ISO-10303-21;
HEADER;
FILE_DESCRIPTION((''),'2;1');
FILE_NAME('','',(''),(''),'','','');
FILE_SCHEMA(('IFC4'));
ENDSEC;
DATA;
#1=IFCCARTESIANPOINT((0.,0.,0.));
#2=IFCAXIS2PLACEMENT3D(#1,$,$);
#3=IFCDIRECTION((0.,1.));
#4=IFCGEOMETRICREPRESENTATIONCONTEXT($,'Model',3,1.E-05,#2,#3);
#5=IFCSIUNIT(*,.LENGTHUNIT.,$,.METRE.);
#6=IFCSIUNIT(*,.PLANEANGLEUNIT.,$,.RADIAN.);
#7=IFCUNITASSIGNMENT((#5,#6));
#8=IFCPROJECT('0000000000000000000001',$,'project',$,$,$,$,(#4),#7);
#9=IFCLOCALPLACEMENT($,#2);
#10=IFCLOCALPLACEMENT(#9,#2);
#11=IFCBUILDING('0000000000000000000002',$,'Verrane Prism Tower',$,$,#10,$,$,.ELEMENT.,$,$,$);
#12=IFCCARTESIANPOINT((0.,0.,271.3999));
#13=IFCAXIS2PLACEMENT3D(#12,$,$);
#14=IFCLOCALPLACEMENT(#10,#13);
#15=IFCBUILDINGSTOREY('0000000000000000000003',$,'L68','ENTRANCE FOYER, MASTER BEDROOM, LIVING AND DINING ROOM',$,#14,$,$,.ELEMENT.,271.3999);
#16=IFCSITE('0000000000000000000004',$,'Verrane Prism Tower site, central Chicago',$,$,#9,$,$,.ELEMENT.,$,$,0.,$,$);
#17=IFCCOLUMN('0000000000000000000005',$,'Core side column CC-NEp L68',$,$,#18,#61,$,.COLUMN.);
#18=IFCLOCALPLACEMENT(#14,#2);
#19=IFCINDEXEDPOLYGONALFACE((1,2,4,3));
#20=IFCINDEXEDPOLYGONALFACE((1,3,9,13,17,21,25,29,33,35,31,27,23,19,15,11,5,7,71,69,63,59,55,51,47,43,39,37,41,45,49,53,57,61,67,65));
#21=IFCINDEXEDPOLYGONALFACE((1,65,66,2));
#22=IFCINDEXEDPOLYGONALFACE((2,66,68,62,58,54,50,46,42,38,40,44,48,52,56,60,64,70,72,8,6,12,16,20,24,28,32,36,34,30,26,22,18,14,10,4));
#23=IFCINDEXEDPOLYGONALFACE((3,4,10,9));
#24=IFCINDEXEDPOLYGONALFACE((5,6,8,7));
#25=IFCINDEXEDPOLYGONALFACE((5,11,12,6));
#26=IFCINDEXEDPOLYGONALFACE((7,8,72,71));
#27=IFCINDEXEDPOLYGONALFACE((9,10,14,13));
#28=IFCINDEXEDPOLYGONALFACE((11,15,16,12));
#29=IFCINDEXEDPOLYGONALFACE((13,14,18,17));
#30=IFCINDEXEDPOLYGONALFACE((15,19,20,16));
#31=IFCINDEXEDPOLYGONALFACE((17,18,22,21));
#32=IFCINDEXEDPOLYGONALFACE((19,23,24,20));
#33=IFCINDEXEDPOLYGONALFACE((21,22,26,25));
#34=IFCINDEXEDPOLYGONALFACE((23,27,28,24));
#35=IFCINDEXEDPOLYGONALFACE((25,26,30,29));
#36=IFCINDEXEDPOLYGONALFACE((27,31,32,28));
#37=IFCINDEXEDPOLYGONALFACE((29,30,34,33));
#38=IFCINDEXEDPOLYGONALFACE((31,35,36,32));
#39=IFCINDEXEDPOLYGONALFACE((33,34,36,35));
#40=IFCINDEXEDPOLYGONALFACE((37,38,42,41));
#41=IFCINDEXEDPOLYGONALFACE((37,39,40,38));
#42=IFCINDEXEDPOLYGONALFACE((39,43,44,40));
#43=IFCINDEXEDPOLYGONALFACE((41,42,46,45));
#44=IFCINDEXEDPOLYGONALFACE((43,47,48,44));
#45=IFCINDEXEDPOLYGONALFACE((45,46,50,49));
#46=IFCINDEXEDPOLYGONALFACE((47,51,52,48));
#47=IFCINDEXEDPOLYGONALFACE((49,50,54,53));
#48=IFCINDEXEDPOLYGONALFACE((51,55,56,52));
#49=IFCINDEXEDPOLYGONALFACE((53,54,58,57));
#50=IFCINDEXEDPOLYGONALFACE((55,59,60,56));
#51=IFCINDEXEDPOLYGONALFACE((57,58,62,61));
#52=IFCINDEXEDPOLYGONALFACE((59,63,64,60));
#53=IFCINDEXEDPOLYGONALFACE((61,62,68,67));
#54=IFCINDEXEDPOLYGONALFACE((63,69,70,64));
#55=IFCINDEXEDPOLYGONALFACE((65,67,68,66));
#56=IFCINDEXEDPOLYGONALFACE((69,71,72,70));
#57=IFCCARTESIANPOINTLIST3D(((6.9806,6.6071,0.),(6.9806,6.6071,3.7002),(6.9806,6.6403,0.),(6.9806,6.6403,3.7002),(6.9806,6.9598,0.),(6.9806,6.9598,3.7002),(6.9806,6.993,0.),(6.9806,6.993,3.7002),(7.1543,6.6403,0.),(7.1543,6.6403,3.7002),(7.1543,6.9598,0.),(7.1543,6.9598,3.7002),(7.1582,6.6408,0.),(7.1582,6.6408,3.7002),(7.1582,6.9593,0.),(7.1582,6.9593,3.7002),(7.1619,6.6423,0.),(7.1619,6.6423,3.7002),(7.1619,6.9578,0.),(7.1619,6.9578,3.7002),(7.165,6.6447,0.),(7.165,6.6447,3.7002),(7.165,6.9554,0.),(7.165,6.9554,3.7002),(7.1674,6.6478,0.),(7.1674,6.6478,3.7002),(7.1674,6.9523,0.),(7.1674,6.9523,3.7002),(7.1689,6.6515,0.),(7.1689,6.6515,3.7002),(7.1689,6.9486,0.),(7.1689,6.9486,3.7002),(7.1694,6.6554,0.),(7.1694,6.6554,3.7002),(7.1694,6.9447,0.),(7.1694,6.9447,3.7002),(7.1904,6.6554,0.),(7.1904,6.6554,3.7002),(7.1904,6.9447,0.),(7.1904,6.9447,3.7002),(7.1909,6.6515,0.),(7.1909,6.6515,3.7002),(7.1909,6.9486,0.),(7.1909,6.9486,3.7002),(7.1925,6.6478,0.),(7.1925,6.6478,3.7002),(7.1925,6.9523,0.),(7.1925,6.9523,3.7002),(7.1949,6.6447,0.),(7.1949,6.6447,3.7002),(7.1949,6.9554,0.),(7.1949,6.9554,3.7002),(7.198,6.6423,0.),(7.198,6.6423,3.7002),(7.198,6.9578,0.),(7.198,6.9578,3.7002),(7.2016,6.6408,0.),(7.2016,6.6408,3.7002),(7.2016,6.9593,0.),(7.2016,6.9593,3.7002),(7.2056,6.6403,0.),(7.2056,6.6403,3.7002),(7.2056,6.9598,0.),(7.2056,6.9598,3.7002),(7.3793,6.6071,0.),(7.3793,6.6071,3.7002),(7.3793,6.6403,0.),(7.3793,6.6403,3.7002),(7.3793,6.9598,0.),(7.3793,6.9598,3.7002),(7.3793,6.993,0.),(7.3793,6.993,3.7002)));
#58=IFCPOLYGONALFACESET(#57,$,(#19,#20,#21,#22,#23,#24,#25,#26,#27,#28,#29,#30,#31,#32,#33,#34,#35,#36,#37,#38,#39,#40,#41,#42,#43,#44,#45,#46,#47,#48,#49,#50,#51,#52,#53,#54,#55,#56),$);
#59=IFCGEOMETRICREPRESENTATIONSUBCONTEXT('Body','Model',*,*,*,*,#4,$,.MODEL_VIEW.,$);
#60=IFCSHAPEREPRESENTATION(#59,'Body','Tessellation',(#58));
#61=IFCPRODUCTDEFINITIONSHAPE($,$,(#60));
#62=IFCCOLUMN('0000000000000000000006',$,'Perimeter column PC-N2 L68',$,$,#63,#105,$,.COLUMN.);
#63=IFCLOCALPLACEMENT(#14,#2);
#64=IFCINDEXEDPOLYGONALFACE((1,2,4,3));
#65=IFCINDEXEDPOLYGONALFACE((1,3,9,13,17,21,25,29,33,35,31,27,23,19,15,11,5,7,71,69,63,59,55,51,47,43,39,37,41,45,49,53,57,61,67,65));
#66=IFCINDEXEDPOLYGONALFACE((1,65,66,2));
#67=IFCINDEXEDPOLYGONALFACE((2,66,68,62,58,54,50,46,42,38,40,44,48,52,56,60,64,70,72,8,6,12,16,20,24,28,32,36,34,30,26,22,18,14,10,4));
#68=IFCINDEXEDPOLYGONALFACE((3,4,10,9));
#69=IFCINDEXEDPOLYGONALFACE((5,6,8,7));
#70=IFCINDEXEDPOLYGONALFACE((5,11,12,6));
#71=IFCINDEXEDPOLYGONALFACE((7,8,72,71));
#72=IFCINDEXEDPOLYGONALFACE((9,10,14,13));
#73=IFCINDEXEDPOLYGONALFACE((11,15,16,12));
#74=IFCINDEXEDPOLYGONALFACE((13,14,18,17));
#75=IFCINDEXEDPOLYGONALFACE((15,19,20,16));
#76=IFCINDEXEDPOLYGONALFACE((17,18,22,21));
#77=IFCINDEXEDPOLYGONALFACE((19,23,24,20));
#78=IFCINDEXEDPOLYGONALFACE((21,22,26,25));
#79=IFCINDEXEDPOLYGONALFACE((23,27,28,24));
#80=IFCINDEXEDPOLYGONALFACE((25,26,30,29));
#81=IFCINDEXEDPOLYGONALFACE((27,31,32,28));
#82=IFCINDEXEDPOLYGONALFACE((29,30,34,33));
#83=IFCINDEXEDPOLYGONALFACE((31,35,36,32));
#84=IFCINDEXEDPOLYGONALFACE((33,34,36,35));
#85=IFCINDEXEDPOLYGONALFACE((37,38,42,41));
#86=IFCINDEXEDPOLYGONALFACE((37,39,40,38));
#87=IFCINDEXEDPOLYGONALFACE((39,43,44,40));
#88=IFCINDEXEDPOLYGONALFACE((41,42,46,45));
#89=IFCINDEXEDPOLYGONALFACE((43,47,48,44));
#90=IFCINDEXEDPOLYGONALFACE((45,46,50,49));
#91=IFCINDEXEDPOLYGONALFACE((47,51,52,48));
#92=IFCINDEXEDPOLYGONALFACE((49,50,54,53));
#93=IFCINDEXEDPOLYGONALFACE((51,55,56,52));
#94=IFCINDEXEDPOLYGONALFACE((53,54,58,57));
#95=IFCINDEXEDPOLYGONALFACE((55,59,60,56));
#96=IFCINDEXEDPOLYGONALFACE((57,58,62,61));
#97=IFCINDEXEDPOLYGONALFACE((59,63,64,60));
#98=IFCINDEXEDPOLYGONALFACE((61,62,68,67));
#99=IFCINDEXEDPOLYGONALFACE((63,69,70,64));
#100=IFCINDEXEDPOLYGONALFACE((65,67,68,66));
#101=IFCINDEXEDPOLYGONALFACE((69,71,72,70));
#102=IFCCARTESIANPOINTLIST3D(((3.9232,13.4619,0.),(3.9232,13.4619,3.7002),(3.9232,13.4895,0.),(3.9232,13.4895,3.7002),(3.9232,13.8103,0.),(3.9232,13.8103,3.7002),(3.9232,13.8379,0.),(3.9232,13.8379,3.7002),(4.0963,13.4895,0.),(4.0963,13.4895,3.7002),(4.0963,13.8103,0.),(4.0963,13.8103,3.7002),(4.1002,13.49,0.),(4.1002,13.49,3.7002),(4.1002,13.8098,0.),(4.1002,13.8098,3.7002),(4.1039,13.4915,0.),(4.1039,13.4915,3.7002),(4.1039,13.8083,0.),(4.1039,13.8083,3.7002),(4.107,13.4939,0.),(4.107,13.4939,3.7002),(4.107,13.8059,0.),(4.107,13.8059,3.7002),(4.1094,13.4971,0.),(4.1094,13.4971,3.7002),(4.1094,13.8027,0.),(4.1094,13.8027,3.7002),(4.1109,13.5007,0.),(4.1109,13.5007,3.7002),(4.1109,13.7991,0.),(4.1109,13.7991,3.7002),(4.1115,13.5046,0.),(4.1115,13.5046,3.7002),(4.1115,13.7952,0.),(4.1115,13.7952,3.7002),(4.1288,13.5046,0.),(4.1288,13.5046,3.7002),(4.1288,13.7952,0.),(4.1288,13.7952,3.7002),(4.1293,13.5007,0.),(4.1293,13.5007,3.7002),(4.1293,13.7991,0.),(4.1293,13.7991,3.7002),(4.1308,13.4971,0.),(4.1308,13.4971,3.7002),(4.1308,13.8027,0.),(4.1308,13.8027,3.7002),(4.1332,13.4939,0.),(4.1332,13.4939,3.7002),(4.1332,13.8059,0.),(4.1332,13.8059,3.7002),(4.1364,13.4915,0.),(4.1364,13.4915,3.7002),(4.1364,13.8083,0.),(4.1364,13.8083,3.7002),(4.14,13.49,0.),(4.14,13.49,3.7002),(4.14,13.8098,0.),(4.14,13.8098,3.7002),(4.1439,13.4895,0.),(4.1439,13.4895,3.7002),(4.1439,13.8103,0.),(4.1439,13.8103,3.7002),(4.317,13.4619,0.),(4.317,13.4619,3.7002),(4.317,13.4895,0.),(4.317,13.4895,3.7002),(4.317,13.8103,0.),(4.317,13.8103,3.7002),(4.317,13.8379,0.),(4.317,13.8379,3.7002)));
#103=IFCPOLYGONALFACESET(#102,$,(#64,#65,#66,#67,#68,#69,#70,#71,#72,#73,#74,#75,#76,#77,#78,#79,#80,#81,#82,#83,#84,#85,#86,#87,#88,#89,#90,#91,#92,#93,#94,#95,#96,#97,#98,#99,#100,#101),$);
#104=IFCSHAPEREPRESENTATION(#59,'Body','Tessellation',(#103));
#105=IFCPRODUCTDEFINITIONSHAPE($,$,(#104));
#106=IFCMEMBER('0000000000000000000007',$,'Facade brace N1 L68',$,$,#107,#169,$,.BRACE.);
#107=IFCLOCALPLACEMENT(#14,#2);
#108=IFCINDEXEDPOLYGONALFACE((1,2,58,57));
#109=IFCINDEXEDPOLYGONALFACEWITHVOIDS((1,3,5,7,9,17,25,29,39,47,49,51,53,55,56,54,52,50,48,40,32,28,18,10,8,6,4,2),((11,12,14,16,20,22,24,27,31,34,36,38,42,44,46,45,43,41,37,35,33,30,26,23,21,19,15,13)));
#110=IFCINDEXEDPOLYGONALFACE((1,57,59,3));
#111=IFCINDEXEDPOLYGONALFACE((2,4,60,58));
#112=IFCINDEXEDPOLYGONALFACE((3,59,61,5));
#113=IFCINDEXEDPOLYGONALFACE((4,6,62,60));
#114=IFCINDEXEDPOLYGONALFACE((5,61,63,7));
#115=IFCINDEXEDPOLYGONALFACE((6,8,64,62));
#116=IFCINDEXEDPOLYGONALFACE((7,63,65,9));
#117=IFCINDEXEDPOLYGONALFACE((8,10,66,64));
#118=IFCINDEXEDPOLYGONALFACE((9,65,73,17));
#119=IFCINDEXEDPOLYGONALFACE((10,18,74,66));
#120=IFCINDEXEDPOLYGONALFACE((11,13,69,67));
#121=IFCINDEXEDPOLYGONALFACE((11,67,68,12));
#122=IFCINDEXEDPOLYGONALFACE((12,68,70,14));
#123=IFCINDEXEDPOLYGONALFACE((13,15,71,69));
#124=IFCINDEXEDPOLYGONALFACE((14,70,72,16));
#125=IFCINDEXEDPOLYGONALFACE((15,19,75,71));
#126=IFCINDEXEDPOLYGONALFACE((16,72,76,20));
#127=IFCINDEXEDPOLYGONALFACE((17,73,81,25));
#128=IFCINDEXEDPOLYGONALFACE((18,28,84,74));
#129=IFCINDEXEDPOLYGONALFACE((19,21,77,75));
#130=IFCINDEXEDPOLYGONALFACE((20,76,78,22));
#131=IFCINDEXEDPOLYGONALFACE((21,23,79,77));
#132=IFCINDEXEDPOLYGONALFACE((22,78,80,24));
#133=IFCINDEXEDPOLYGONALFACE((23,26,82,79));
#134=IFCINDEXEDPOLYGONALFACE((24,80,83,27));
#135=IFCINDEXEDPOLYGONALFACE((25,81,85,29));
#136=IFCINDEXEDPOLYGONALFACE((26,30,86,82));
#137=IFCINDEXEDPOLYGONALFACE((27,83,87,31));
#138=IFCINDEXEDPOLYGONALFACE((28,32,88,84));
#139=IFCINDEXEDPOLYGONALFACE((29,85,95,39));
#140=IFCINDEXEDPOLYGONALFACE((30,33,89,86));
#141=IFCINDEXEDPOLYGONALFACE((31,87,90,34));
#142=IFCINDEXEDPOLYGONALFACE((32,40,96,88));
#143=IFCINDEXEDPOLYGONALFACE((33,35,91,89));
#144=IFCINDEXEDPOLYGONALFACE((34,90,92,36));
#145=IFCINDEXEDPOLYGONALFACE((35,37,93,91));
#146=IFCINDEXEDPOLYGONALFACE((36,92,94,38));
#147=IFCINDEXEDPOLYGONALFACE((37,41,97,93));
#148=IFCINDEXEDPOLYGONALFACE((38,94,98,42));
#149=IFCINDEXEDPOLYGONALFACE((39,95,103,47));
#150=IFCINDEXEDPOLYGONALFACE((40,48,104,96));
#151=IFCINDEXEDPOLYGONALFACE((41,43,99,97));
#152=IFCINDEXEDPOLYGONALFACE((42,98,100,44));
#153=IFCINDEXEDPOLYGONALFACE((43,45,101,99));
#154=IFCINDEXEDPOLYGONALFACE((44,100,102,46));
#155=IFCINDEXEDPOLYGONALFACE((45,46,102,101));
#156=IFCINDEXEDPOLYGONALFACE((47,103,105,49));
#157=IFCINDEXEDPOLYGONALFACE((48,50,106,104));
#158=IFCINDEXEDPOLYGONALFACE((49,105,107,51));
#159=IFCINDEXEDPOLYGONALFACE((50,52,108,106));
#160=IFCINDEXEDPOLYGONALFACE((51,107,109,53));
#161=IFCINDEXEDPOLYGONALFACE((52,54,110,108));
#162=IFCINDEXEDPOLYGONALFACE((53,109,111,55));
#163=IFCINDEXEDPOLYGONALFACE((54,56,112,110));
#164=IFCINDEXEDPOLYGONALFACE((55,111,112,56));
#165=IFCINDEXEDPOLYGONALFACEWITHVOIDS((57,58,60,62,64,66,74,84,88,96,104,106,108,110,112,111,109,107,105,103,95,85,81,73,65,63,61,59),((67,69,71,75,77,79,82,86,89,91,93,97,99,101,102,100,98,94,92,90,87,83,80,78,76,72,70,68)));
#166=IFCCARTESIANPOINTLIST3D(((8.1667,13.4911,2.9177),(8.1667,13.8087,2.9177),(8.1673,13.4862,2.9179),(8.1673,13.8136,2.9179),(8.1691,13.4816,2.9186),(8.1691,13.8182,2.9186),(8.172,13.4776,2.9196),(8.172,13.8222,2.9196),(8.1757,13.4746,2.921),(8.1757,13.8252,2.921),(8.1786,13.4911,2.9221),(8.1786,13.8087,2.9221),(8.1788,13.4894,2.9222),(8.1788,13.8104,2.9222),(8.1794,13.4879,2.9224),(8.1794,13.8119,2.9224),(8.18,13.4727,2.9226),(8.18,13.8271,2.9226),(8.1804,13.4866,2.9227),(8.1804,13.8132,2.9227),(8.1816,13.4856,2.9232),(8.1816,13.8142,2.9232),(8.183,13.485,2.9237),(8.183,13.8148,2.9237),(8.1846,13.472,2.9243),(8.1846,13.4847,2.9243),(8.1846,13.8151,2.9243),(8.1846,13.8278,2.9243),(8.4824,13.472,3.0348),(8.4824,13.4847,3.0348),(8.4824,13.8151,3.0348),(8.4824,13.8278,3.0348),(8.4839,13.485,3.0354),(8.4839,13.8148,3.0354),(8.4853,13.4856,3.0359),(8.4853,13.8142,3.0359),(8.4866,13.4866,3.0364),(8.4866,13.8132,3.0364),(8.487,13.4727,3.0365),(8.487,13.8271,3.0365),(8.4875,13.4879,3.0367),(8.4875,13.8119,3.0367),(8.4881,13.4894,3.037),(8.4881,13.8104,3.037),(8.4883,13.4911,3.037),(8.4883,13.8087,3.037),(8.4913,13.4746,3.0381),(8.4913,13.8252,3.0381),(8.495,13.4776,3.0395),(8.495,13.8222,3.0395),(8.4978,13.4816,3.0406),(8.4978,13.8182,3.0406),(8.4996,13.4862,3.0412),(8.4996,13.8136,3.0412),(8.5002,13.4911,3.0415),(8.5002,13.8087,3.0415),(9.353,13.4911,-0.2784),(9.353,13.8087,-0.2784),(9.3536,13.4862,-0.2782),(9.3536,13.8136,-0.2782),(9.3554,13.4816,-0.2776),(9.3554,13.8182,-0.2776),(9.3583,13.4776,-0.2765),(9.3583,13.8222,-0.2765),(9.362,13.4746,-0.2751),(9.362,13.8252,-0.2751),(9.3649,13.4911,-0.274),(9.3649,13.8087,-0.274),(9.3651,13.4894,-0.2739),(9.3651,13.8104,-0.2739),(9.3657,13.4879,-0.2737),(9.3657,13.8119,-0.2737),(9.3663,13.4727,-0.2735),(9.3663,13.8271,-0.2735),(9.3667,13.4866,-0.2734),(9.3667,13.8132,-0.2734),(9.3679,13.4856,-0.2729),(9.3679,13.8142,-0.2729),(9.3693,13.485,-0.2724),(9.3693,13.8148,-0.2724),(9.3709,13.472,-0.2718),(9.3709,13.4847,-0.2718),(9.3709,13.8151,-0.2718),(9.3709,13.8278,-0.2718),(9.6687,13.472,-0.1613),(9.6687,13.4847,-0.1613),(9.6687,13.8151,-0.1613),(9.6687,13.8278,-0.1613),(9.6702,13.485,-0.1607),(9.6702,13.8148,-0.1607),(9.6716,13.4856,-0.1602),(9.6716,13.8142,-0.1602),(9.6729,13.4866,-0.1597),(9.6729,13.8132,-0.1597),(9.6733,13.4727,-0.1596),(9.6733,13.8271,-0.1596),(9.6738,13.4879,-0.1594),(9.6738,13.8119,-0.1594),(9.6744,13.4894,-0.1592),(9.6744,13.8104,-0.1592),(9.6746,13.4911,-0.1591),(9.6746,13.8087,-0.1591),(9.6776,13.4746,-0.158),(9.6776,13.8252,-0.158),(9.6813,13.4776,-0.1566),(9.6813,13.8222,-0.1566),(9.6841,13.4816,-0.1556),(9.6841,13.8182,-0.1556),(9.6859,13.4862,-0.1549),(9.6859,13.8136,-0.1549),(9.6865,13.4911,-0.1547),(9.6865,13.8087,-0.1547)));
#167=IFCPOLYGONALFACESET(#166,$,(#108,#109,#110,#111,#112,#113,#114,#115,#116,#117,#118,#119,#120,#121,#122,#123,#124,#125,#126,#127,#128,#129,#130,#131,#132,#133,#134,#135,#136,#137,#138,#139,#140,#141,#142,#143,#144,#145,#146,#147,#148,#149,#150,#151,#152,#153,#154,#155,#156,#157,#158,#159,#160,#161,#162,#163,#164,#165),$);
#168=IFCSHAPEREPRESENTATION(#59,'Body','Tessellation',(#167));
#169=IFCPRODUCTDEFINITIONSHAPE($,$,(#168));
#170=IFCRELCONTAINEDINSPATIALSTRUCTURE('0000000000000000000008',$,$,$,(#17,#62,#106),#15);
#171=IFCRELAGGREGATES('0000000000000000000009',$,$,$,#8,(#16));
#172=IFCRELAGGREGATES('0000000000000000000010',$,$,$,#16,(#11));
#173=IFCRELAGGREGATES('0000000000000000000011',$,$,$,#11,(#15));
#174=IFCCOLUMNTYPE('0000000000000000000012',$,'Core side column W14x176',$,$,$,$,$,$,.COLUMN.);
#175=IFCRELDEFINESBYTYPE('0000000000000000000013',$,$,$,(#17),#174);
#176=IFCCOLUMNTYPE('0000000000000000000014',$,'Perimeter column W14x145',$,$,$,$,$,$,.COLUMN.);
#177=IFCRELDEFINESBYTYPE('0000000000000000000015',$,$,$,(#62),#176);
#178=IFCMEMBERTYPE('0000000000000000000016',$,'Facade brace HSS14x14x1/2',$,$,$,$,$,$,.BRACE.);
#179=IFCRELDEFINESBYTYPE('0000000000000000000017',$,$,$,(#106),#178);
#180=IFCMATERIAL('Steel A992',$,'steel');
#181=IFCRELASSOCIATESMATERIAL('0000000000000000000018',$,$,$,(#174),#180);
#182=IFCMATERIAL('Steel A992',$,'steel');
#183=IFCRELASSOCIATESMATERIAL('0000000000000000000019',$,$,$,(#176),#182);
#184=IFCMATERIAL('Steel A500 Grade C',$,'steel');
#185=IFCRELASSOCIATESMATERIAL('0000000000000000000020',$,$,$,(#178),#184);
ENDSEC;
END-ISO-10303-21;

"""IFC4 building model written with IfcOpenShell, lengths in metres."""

from ifc_helpers import new_model, si_unit, direction, frame, origin, origin_2d, place, context, subcontext, project, spatial, hollow_rectangle, i_section, extrude, material, material_profile, profile_set, type_object, element, save


model = new_model("IFC4")

# Units and contexts
model_context = context("Model", 3, precision=1e-05, world=origin(), true_north=direction((0.0, 1.0)))
body_context = subcontext(model_context, "Body", "Model", "MODEL_VIEW")
ifc_project = project(units=[si_unit("LENGTHUNIT", "METRE"), si_unit("PLANEANGLEUNIT", "RADIAN")], contexts=[model_context])

# Site, building, storey
site_placement = place(None, origin())
site = spatial("IfcSite", under=ifc_project, at=site_placement, Name="Verrane Prism Tower site, central Chicago", CompositionType="ELEMENT", RefElevation=0.0)
building_placement = place(site_placement, origin())
building = spatial("IfcBuilding", under=site, at=building_placement, Name="Verrane Prism Tower", CompositionType="ELEMENT")
storey_placement = place(building_placement, frame((0.0, 0.0, 271.3999)))
storey = spatial("IfcBuildingStorey", under=building, at=storey_placement, Name="L68", Description="ENTRANCE FOYER, MASTER BEDROOM, LIVING AND DINING ROOM", CompositionType="ELEMENT", Elevation=271.3999)

# Columns
ifc_material_1 = material(Name="Steel A992", Category="steel")
ifc_material_profile_1 = material_profile(ifc_material_1, i_section(OverallWidth=0.3987, OverallDepth=0.386, WebThickness=0.021, FlangeThickness=0.0332, FilletRadius=0.0151, at=origin_2d()), Name="W14x176")
ifc_profile_set_1 = profile_set([ifc_material_profile_1], Name="Steel A992")
column_type_1 = type_object("IfcColumnType", Name="Core side column W14x176", PredefinedType="COLUMN", material=ifc_profile_set_1)
column_1_placement = place(storey_placement, frame((7.1799, 6.8, 0.0), z_axis=(0.0, 0.0, 1.0), x_axis=(1.0, 0.0, 0.0)))
element("IfcColumn", 1, at=column_1_placement, inside=storey, type_object=column_type_1, Name="Core side column CC-NEp L68", PredefinedType="COLUMN", context=body_context, shape_type="SweptSolid", body=[
    extrude(i_section(OverallWidth=0.3987, OverallDepth=0.386, WebThickness=0.021, FlangeThickness=0.0332, FilletRadius=0.0151, at=origin_2d()), origin(), (0.0, 0.0, 1.0), 3.7002),
])
ifc_material_2 = material(Name="Steel A992", Category="steel")
ifc_material_profile_2 = material_profile(ifc_material_2, i_section(OverallWidth=0.3938, OverallDepth=0.376, WebThickness=0.0173, FlangeThickness=0.0276, FilletRadius=0.0151, at=origin_2d()), Name="W14x145")
ifc_profile_set_2 = profile_set([ifc_material_profile_2], Name="Steel A992")
column_type_2 = type_object("IfcColumnType", Name="Perimeter column W14x145", PredefinedType="COLUMN", material=ifc_profile_set_2)
column_2_placement = place(storey_placement, frame((4.1201, 13.6499, 0.0), z_axis=(0.0, 0.0, 1.0), x_axis=(1.0, 0.0, 0.0)))
element("IfcColumn", 2, at=column_2_placement, inside=storey, type_object=column_type_2, Name="Perimeter column PC-N2 L68", PredefinedType="COLUMN", context=body_context, shape_type="SweptSolid", body=[
    extrude(i_section(OverallWidth=0.3938, OverallDepth=0.376, WebThickness=0.0173, FlangeThickness=0.0276, FilletRadius=0.0151, at=origin_2d()), origin(), (0.0, 0.0, 1.0), 3.7002),
])

# Member
ifc_material_3 = material(Name="Steel A500 Grade C", Category="steel")
ifc_material_profile_3 = material_profile(ifc_material_3, hollow_rectangle(XDim=0.3557, YDim=0.3557, WallThickness=0.0127, InnerFilletRadius=0.0063, OuterFilletRadius=0.019, at=origin_2d()), Name="HSS14x14x1/2")
ifc_profile_set_3 = profile_set([ifc_material_profile_3], Name="Steel A500 Grade C")
member_type_1 = type_object("IfcMemberType", Name="Facade brace HSS14x14x1/2", PredefinedType="BRACE", material=ifc_profile_set_3)
member_1_placement = place(storey_placement, frame((9.5198, 13.6499, -0.2166), z_axis=(-0.347974, 0.0, 0.937504), x_axis=(0.0, -1.0, 0.0)))
element("IfcMember", 3, at=member_1_placement, inside=storey, type_object=member_type_1, Name="Facade brace N1 L68", PredefinedType="BRACE", context=body_context, shape_type="SweptSolid", body=[
    extrude(hollow_rectangle(XDim=0.3557, YDim=0.3557, WallThickness=0.0127, InnerFilletRadius=0.0063, OuterFilletRadius=0.019, at=origin_2d()), origin(), (0.0, 0.0, 1.0), 3.4092),
])

save(model, "model.ifc")
